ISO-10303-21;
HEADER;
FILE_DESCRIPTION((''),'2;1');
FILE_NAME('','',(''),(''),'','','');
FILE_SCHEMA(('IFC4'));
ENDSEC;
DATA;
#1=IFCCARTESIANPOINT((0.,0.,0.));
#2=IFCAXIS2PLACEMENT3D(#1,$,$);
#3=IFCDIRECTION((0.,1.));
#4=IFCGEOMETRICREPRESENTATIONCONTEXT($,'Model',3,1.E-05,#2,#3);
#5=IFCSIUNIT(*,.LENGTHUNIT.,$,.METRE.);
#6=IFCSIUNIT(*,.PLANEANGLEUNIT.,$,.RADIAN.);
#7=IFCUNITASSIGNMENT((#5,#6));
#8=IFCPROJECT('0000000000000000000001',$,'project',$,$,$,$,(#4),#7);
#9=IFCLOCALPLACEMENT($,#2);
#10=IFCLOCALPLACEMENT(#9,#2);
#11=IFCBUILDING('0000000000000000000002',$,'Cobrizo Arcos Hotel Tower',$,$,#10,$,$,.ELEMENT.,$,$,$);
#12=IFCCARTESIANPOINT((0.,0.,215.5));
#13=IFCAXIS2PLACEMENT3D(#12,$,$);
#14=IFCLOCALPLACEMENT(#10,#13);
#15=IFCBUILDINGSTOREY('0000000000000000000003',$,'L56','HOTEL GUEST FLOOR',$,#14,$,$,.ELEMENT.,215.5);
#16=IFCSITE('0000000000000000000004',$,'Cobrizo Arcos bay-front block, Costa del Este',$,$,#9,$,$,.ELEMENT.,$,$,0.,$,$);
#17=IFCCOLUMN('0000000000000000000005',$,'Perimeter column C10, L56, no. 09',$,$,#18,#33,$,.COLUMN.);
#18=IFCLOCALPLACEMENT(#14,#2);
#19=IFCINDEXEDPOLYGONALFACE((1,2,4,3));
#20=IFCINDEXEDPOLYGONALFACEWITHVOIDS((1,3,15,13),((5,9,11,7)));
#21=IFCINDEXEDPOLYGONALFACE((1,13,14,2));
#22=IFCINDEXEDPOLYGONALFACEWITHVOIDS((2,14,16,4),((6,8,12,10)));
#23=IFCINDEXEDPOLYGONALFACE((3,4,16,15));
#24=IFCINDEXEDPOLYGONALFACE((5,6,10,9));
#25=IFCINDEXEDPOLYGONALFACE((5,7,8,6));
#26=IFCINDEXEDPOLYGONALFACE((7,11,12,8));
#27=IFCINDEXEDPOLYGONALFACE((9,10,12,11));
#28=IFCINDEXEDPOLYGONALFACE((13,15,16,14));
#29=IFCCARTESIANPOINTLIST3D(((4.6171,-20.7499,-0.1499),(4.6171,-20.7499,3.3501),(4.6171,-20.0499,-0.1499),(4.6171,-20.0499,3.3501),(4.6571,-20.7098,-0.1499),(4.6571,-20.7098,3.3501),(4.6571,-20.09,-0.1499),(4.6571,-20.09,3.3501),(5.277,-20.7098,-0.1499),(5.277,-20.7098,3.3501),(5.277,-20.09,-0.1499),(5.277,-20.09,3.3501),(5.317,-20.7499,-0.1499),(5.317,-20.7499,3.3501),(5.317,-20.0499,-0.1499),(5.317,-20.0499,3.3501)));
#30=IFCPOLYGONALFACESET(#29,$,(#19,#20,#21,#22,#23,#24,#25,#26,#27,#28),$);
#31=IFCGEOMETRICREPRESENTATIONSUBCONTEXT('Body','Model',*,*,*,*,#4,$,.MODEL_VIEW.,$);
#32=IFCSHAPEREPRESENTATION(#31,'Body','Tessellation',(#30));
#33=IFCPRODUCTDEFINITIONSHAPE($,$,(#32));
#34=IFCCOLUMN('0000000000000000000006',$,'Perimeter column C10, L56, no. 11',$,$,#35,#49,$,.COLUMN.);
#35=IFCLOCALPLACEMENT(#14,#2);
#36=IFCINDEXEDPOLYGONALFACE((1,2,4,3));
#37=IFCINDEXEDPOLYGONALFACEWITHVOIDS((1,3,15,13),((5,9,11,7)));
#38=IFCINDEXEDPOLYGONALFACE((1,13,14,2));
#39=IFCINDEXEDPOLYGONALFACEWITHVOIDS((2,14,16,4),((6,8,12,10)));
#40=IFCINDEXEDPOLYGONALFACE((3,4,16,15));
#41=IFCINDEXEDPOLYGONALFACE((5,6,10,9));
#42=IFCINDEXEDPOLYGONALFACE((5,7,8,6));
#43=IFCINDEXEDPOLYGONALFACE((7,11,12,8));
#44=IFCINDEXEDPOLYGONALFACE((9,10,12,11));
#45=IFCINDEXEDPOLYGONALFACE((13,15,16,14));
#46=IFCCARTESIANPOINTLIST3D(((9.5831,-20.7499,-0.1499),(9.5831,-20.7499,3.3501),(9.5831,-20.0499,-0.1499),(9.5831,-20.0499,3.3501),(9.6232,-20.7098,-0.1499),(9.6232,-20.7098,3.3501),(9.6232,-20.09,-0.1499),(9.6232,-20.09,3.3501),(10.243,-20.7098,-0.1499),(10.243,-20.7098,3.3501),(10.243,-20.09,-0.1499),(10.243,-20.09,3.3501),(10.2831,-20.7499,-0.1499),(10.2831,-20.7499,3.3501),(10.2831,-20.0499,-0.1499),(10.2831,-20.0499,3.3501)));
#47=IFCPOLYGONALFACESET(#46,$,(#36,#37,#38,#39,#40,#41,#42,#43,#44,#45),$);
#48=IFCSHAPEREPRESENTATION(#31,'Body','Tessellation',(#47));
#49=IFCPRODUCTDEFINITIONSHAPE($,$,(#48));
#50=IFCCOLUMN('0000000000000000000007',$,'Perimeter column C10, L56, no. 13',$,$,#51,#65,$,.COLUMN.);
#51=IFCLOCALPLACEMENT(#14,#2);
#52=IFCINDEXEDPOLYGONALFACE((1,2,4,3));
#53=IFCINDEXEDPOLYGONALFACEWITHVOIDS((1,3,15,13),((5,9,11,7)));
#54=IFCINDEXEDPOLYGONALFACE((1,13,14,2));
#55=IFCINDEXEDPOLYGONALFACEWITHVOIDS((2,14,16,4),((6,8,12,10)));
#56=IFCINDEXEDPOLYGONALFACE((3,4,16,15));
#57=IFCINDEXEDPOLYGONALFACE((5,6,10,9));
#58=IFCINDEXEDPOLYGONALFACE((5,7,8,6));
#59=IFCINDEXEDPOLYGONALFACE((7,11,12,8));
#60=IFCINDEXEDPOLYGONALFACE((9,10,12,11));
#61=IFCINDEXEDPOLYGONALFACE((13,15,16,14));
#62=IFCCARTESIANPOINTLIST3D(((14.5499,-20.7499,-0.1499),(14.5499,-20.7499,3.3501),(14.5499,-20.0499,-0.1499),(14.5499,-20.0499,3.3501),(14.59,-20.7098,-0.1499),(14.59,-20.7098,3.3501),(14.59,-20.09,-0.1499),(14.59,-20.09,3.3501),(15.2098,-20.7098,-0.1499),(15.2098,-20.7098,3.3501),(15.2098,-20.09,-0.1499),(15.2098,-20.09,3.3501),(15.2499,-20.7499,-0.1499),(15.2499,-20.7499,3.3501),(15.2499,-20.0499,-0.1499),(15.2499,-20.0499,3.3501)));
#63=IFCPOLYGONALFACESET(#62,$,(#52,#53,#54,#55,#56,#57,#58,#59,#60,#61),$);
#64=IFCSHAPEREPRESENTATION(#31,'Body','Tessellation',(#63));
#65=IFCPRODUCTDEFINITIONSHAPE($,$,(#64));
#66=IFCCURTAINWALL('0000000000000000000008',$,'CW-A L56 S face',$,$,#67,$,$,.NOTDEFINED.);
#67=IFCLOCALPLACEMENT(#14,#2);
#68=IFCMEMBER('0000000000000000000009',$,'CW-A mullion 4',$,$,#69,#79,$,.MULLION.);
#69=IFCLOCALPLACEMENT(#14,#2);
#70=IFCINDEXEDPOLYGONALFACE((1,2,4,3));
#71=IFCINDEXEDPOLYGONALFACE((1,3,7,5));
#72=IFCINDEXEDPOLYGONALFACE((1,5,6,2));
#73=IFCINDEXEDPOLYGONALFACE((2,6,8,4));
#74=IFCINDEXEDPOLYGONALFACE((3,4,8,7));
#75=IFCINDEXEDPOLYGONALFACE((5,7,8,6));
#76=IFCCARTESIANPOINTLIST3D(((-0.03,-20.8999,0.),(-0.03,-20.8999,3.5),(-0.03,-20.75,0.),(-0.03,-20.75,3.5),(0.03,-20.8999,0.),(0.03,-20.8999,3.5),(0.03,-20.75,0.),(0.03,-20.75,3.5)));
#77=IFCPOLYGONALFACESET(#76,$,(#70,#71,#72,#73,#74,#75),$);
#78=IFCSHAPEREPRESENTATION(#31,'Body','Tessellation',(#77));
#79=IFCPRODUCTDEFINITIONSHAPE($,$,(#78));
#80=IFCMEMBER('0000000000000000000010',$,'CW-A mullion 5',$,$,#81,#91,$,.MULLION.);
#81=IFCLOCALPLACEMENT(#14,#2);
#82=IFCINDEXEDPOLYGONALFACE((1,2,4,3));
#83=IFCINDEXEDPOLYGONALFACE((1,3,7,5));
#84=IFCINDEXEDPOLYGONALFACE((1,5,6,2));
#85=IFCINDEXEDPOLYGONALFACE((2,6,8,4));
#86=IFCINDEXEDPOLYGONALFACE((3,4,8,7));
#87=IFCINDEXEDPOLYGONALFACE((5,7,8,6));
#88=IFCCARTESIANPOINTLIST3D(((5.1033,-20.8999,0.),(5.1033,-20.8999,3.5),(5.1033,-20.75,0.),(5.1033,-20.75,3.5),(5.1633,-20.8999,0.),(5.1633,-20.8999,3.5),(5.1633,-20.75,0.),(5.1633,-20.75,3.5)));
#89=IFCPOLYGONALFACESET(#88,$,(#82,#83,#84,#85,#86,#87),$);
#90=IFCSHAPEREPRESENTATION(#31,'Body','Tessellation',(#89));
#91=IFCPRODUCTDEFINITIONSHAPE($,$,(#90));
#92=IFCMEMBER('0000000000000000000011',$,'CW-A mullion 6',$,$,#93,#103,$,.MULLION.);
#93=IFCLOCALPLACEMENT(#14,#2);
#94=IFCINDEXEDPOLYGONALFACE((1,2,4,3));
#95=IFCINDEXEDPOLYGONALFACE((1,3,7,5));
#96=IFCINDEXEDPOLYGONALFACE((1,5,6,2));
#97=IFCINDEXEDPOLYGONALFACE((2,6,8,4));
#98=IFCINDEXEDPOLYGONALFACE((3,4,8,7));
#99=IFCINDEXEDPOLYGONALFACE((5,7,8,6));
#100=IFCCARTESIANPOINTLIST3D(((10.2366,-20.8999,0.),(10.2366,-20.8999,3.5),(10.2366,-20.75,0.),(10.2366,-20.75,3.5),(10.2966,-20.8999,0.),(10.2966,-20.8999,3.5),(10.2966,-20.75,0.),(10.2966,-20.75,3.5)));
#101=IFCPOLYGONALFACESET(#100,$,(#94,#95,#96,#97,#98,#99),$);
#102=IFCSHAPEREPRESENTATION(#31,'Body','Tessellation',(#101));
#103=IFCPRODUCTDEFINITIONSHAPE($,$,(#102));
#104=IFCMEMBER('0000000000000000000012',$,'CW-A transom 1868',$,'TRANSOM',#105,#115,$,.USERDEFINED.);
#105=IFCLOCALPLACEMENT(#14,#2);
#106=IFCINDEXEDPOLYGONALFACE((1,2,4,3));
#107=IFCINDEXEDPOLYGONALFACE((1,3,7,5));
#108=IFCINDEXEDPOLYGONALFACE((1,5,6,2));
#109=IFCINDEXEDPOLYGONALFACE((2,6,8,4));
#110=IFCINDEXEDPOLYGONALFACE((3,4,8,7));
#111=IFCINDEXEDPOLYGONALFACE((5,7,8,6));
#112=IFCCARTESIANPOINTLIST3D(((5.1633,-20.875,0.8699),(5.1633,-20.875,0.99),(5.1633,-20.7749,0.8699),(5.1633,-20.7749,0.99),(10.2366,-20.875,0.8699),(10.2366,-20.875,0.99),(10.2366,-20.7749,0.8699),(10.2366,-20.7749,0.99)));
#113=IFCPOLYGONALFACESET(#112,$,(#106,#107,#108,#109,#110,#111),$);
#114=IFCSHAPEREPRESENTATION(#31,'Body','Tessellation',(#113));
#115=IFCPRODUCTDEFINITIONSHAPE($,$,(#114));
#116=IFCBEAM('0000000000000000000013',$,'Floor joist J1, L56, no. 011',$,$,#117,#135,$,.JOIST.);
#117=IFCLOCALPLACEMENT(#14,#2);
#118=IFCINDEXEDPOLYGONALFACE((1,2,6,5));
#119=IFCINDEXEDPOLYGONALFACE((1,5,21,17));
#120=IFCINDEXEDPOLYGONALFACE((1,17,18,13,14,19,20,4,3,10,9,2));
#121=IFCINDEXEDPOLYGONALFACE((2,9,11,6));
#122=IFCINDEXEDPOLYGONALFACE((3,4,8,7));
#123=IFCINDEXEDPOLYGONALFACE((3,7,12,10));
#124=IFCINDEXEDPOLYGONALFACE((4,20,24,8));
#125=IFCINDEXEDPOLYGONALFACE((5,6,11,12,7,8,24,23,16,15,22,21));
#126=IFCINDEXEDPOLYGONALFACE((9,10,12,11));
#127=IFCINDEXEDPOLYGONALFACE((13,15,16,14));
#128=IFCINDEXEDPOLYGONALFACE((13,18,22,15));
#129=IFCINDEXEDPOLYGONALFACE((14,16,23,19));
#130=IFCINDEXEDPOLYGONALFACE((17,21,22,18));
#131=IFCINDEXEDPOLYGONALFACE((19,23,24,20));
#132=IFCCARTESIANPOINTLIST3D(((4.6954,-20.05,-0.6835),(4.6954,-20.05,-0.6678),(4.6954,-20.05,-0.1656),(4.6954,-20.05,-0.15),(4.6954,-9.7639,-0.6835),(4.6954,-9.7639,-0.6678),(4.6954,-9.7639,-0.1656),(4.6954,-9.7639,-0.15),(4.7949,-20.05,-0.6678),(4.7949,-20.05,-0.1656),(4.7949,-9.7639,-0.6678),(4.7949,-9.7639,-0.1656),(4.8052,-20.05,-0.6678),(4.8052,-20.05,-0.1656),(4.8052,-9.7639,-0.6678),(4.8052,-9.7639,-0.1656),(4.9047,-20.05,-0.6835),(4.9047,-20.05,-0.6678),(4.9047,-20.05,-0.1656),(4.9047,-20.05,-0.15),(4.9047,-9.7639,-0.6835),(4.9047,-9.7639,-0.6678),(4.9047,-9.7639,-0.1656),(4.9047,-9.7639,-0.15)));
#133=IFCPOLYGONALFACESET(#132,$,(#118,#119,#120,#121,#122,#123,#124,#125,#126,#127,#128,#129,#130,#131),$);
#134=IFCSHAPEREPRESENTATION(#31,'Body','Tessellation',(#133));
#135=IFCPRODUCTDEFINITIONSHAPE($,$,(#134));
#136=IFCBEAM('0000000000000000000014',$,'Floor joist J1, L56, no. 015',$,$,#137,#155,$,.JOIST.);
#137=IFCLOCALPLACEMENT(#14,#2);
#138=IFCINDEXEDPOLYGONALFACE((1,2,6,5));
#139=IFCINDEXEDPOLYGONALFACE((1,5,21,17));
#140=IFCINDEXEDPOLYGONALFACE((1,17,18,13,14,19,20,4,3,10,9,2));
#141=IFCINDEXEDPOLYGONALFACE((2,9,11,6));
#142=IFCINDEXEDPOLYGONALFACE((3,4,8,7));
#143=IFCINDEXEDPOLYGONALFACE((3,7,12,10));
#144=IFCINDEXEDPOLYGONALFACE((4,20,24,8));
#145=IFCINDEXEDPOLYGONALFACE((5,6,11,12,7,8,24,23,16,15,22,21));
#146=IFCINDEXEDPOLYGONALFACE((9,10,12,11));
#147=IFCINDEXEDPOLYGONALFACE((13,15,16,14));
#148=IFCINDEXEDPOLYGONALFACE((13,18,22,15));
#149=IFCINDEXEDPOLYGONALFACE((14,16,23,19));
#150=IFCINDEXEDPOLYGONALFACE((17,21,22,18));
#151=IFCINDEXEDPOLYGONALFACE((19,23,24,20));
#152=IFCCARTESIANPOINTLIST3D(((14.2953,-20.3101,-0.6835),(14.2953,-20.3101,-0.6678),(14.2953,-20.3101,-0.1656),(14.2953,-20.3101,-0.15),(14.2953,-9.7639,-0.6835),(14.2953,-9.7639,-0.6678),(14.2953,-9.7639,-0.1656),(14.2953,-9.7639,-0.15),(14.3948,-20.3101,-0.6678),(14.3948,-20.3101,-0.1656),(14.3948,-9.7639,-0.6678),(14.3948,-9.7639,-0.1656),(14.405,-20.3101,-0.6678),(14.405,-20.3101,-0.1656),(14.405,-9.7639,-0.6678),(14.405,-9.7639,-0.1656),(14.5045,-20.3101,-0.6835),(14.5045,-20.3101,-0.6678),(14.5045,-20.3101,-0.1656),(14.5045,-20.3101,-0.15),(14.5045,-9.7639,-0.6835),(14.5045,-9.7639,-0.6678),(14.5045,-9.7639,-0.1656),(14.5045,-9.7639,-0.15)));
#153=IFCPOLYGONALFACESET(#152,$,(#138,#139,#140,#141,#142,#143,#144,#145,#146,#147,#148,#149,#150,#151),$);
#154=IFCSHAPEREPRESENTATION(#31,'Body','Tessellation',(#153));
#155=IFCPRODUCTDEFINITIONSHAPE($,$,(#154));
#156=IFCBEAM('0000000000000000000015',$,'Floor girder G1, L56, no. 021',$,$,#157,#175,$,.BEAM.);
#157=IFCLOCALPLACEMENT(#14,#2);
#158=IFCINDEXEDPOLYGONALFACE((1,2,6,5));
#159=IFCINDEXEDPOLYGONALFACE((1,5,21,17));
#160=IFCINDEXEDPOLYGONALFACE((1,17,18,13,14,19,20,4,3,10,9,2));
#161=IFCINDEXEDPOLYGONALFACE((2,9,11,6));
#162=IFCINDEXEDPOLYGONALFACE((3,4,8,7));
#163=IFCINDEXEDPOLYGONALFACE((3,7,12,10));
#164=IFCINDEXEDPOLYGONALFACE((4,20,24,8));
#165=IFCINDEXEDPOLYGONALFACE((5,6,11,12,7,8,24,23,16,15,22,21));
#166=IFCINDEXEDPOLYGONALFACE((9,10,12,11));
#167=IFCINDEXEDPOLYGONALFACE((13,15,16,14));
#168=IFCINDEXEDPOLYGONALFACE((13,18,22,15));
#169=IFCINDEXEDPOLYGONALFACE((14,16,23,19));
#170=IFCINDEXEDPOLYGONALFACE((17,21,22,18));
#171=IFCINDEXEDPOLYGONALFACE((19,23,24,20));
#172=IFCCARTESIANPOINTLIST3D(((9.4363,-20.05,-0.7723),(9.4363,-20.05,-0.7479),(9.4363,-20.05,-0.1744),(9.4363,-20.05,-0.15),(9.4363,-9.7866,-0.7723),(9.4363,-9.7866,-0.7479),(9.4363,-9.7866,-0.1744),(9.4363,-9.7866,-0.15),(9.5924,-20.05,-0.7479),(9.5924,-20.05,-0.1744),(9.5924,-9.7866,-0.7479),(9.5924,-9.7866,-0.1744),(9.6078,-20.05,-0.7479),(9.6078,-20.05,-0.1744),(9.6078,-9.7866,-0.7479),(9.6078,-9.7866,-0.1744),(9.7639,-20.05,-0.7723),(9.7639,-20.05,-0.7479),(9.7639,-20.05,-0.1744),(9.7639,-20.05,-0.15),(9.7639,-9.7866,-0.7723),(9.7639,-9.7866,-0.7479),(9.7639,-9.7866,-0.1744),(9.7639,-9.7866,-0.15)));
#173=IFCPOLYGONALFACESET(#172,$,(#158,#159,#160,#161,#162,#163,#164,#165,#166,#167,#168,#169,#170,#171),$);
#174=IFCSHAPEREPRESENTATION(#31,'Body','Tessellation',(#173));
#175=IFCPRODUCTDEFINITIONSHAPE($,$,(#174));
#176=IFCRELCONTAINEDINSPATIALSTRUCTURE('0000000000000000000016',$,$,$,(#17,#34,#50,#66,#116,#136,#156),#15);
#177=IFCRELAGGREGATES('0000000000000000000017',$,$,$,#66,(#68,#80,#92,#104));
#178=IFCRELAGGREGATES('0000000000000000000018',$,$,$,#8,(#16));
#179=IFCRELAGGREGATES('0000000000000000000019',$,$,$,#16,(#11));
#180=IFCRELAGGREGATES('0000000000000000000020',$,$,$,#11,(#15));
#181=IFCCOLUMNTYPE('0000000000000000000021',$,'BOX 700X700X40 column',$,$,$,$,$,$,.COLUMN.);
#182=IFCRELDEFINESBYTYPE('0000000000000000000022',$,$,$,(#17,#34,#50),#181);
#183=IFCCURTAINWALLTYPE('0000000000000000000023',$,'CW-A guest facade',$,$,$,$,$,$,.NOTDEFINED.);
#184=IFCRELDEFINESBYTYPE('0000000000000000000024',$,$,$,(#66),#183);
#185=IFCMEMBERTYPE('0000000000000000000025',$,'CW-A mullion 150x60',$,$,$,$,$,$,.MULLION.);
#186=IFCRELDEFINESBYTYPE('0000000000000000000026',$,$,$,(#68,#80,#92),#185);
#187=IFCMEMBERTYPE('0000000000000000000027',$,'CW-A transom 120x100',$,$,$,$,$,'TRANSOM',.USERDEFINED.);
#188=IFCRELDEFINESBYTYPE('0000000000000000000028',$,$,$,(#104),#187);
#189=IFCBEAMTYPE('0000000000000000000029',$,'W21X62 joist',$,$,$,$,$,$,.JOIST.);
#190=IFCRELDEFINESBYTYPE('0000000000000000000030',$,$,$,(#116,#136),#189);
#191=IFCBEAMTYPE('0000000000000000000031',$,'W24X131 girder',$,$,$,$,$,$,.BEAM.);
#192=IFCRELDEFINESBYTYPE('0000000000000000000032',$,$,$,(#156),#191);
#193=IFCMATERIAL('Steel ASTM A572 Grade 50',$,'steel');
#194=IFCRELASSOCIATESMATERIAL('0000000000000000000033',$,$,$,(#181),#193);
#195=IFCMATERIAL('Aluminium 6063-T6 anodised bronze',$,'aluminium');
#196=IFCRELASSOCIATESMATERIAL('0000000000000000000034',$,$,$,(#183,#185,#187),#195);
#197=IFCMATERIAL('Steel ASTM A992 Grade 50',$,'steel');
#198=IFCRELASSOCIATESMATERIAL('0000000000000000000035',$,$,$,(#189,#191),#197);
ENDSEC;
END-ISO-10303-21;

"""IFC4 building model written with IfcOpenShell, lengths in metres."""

from ifc_helpers import new_model, si_unit, direction, frame, origin, origin_2d, place, context, subcontext, project, spatial, rectangle, hollow_rectangle, i_section, extrude, material, material_profile, profile_set, type_object, element, aggregate, save


model = new_model("IFC4")

# Units and contexts
model_context = context("Model", 3, precision=1e-05, world=origin(), true_north=direction((0.0, 1.0)))
body_context = subcontext(model_context, "Body", "Model", "MODEL_VIEW")
ifc_project = project(units=[si_unit("LENGTHUNIT", "METRE"), si_unit("PLANEANGLEUNIT", "RADIAN")], contexts=[model_context])

# Site, building, storey
site_placement = place(None, origin())
site = spatial("IfcSite", under=ifc_project, at=site_placement, Name="Cobrizo Arcos bay-front block, Costa del Este", CompositionType="ELEMENT", RefElevation=0.0)
building_placement = place(site_placement, origin())
building = spatial("IfcBuilding", under=site, at=building_placement, Name="Cobrizo Arcos Hotel Tower", CompositionType="ELEMENT")
storey_placement = place(building_placement, frame((0.0, 0.0, 215.5)))
storey = spatial("IfcBuildingStorey", under=building, at=storey_placement, Name="L56", Description="HOTEL GUEST FLOOR", CompositionType="ELEMENT", Elevation=215.5)

# Columns
ifc_material_1 = material(Name="Steel ASTM A572 Grade 50", Category="steel")
ifc_material_profile_1 = material_profile(ifc_material_1, hollow_rectangle(XDim=0.7, YDim=0.7, WallThickness=0.04, at=origin_2d()), Name="BOX 700X700X40")
ifc_profile_set_1 = profile_set([ifc_material_profile_1], Name="Steel ASTM A572 Grade 50")
column_type = type_object("IfcColumnType", Name="BOX 700X700X40 column", PredefinedType="COLUMN", material=ifc_profile_set_1)
for number, where, z_axis, x_axis, name in (
    (1, (4.967, -20.3999, -0.1499), (0.0, 0.0, 1.0), (1.0, 0.0, 0.0), "Perimeter column C10, L56, no. 09"),
    (2, (9.9331, -20.3999, -0.1499), (0.0, 0.0, 1.0), (1.0, 0.0, 0.0), "Perimeter column C10, L56, no. 11"),
    (3, (14.8999, -20.3999, -0.1499), (0.0, 0.0, 1.0), (1.0, 0.0, 0.0), "Perimeter column C10, L56, no. 13"),
):
    element("IfcColumn", number, at=place(storey_placement, frame(where, z_axis=z_axis, x_axis=x_axis)), inside=storey, type_object=column_type, Name=name, PredefinedType="COLUMN", context=body_context, shape_type="SweptSolid", body=[
        extrude(hollow_rectangle(XDim=0.7, YDim=0.7, WallThickness=0.04, at=origin_2d()), origin(), (0.0, 0.0, 1.0), 3.5),
    ])

# Curtain wall, members
ifc_material_2 = material(Name="Aluminium 6063-T6 anodised bronze", Category="aluminium")
curtain_wall_type = type_object("IfcCurtainWallType", Name="CW-A guest facade", PredefinedType="NOTDEFINED", material=ifc_material_2)
curtain_wall_placement = place(storey_placement, origin())
curtain_wall = element("IfcCurtainWall", 4, at=curtain_wall_placement, inside=storey, type_object=curtain_wall_type, Name="CW-A L56 S face", PredefinedType="NOTDEFINED")
ifc_material_profile_2 = material_profile(ifc_material_2, rectangle(XDim=0.1499, YDim=0.0601, at=origin_2d()), Name="CW-A mullion 150x60")
ifc_profile_set_2 = profile_set([ifc_material_profile_2], Name="Aluminium 6063-T6 anodised bronze")
member_type_1 = type_object("IfcMemberType", Name="CW-A mullion 150x60", PredefinedType="MULLION", material=ifc_profile_set_2)
member_1_placement = place(storey_placement, frame((0.0, -20.825, 0.0), z_axis=(0.0, 0.0, 1.0), x_axis=(0.0, -1.0, 0.0)))
member_1 = element("IfcMember", 5, at=member_1_placement, type_object=member_type_1, Name="CW-A mullion 4", PredefinedType="MULLION", context=body_context, shape_type="SweptSolid", body=[
    extrude(rectangle(XDim=0.1499, YDim=0.0601, at=origin_2d()), origin(), (0.0, 0.0, 1.0), 3.5),
])
member_2_placement = place(storey_placement, frame((5.1333, -20.825, 0.0), z_axis=(0.0, 0.0, 1.0), x_axis=(0.0, -1.0, 0.0)))
member_2 = element("IfcMember", 6, at=member_2_placement, type_object=member_type_1, Name="CW-A mullion 5", PredefinedType="MULLION", context=body_context, shape_type="SweptSolid", body=[
    extrude(rectangle(XDim=0.1499, YDim=0.0601, at=origin_2d()), origin(), (0.0, 0.0, 1.0), 3.5),
])
member_3_placement = place(storey_placement, frame((10.2666, -20.825, 0.0), z_axis=(0.0, 0.0, 1.0), x_axis=(0.0, -1.0, 0.0)))
member_3 = element("IfcMember", 7, at=member_3_placement, type_object=member_type_1, Name="CW-A mullion 6", PredefinedType="MULLION", context=body_context, shape_type="SweptSolid", body=[
    extrude(rectangle(XDim=0.1499, YDim=0.0601, at=origin_2d()), origin(), (0.0, 0.0, 1.0), 3.5),
])
ifc_material_profile_3 = material_profile(ifc_material_2, rectangle(XDim=0.1001, YDim=0.1201, at=origin_2d()), Name="CW-A transom 120x100")
ifc_profile_set_3 = profile_set([ifc_material_profile_3], Name="Aluminium 6063-T6 anodised bronze")
member_type_2 = type_object("IfcMemberType", Name="CW-A transom 120x100", ElementType="TRANSOM", PredefinedType="USERDEFINED", material=ifc_profile_set_3)
member_4_placement = place(storey_placement, frame((5.1633, -20.825, 0.9299), z_axis=(1.0, 0.0, 0.0), x_axis=(0.0, 1.0, 0.0)))
member_4 = element("IfcMember", 8, at=member_4_placement, type_object=member_type_2, Name="CW-A transom 1868", ObjectType="TRANSOM", PredefinedType="USERDEFINED", context=body_context, shape_type="SweptSolid", body=[
    extrude(rectangle(XDim=0.1001, YDim=0.1201, at=origin_2d()), origin(), (0.0, 0.0, 1.0), 5.0732),
])

# Beams
ifc_material_3 = material(Name="Steel ASTM A992 Grade 50", Category="steel")
ifc_material_profile_4 = material_profile(ifc_material_3, i_section(OverallWidth=0.2092, OverallDepth=0.5334, WebThickness=0.0103, FlangeThickness=0.0156, at=origin_2d()), Name="W21X62")
ifc_profile_set_4 = profile_set([ifc_material_profile_4], Name="Steel ASTM A992 Grade 50")
beam_type_1 = type_object("IfcBeamType", Name="W21X62 joist", PredefinedType="JOIST", material=ifc_profile_set_4)
beam_1_placement = place(storey_placement, frame((4.8, -20.05, -0.4167), z_axis=(0.0, 1.0, 0.0), x_axis=(-1.0, 0.0, 0.0)))
element("IfcBeam", 9, at=beam_1_placement, inside=storey, type_object=beam_type_1, Name="Floor joist J1, L56, no. 011", PredefinedType="JOIST", context=body_context, shape_type="SweptSolid", body=[
    extrude(i_section(OverallWidth=0.2092, OverallDepth=0.5334, WebThickness=0.0103, FlangeThickness=0.0156, at=origin_2d()), origin(), (0.0, 0.0, 1.0), 10.2861),
])
beam_2_placement = place(storey_placement, frame((14.3999, -20.3101, -0.4167), z_axis=(0.0, 1.0, 0.0), x_axis=(-1.0, 0.0, 0.0)))
element("IfcBeam", 10, at=beam_2_placement, inside=storey, type_object=beam_type_1, Name="Floor joist J1, L56, no. 015", PredefinedType="JOIST", context=body_context, shape_type="SweptSolid", body=[
    extrude(i_section(OverallWidth=0.2092, OverallDepth=0.5334, WebThickness=0.0103, FlangeThickness=0.0156, at=origin_2d()), origin(), (0.0, 0.0, 1.0), 10.5461),
])
ifc_material_profile_5 = material_profile(ifc_material_3, i_section(OverallWidth=0.3276, OverallDepth=0.6223, WebThickness=0.0154, FlangeThickness=0.0244, at=origin_2d()), Name="W24X131")
ifc_profile_set_5 = profile_set([ifc_material_profile_5], Name="Steel ASTM A992 Grade 50")
beam_type_2 = type_object("IfcBeamType", Name="W24X131 girder", PredefinedType="BEAM", material=ifc_profile_set_5)
beam_3_placement = place(storey_placement, frame((9.6001, -20.05, -0.4612), z_axis=(0.0, 1.0, 0.0), x_axis=(-1.0, 0.0, 0.0)))
element("IfcBeam", 11, at=beam_3_placement, inside=storey, type_object=beam_type_2, Name="Floor girder G1, L56, no. 021", PredefinedType="BEAM", context=body_context, shape_type="SweptSolid", body=[
    extrude(i_section(OverallWidth=0.3276, OverallDepth=0.6223, WebThickness=0.0154, FlangeThickness=0.0244, at=origin_2d()), origin(), (0.0, 0.0, 1.0), 10.2634),
])

aggregate(curtain_wall, [member_1, member_2, member_3, member_4])

save(model, "model.ifc")
